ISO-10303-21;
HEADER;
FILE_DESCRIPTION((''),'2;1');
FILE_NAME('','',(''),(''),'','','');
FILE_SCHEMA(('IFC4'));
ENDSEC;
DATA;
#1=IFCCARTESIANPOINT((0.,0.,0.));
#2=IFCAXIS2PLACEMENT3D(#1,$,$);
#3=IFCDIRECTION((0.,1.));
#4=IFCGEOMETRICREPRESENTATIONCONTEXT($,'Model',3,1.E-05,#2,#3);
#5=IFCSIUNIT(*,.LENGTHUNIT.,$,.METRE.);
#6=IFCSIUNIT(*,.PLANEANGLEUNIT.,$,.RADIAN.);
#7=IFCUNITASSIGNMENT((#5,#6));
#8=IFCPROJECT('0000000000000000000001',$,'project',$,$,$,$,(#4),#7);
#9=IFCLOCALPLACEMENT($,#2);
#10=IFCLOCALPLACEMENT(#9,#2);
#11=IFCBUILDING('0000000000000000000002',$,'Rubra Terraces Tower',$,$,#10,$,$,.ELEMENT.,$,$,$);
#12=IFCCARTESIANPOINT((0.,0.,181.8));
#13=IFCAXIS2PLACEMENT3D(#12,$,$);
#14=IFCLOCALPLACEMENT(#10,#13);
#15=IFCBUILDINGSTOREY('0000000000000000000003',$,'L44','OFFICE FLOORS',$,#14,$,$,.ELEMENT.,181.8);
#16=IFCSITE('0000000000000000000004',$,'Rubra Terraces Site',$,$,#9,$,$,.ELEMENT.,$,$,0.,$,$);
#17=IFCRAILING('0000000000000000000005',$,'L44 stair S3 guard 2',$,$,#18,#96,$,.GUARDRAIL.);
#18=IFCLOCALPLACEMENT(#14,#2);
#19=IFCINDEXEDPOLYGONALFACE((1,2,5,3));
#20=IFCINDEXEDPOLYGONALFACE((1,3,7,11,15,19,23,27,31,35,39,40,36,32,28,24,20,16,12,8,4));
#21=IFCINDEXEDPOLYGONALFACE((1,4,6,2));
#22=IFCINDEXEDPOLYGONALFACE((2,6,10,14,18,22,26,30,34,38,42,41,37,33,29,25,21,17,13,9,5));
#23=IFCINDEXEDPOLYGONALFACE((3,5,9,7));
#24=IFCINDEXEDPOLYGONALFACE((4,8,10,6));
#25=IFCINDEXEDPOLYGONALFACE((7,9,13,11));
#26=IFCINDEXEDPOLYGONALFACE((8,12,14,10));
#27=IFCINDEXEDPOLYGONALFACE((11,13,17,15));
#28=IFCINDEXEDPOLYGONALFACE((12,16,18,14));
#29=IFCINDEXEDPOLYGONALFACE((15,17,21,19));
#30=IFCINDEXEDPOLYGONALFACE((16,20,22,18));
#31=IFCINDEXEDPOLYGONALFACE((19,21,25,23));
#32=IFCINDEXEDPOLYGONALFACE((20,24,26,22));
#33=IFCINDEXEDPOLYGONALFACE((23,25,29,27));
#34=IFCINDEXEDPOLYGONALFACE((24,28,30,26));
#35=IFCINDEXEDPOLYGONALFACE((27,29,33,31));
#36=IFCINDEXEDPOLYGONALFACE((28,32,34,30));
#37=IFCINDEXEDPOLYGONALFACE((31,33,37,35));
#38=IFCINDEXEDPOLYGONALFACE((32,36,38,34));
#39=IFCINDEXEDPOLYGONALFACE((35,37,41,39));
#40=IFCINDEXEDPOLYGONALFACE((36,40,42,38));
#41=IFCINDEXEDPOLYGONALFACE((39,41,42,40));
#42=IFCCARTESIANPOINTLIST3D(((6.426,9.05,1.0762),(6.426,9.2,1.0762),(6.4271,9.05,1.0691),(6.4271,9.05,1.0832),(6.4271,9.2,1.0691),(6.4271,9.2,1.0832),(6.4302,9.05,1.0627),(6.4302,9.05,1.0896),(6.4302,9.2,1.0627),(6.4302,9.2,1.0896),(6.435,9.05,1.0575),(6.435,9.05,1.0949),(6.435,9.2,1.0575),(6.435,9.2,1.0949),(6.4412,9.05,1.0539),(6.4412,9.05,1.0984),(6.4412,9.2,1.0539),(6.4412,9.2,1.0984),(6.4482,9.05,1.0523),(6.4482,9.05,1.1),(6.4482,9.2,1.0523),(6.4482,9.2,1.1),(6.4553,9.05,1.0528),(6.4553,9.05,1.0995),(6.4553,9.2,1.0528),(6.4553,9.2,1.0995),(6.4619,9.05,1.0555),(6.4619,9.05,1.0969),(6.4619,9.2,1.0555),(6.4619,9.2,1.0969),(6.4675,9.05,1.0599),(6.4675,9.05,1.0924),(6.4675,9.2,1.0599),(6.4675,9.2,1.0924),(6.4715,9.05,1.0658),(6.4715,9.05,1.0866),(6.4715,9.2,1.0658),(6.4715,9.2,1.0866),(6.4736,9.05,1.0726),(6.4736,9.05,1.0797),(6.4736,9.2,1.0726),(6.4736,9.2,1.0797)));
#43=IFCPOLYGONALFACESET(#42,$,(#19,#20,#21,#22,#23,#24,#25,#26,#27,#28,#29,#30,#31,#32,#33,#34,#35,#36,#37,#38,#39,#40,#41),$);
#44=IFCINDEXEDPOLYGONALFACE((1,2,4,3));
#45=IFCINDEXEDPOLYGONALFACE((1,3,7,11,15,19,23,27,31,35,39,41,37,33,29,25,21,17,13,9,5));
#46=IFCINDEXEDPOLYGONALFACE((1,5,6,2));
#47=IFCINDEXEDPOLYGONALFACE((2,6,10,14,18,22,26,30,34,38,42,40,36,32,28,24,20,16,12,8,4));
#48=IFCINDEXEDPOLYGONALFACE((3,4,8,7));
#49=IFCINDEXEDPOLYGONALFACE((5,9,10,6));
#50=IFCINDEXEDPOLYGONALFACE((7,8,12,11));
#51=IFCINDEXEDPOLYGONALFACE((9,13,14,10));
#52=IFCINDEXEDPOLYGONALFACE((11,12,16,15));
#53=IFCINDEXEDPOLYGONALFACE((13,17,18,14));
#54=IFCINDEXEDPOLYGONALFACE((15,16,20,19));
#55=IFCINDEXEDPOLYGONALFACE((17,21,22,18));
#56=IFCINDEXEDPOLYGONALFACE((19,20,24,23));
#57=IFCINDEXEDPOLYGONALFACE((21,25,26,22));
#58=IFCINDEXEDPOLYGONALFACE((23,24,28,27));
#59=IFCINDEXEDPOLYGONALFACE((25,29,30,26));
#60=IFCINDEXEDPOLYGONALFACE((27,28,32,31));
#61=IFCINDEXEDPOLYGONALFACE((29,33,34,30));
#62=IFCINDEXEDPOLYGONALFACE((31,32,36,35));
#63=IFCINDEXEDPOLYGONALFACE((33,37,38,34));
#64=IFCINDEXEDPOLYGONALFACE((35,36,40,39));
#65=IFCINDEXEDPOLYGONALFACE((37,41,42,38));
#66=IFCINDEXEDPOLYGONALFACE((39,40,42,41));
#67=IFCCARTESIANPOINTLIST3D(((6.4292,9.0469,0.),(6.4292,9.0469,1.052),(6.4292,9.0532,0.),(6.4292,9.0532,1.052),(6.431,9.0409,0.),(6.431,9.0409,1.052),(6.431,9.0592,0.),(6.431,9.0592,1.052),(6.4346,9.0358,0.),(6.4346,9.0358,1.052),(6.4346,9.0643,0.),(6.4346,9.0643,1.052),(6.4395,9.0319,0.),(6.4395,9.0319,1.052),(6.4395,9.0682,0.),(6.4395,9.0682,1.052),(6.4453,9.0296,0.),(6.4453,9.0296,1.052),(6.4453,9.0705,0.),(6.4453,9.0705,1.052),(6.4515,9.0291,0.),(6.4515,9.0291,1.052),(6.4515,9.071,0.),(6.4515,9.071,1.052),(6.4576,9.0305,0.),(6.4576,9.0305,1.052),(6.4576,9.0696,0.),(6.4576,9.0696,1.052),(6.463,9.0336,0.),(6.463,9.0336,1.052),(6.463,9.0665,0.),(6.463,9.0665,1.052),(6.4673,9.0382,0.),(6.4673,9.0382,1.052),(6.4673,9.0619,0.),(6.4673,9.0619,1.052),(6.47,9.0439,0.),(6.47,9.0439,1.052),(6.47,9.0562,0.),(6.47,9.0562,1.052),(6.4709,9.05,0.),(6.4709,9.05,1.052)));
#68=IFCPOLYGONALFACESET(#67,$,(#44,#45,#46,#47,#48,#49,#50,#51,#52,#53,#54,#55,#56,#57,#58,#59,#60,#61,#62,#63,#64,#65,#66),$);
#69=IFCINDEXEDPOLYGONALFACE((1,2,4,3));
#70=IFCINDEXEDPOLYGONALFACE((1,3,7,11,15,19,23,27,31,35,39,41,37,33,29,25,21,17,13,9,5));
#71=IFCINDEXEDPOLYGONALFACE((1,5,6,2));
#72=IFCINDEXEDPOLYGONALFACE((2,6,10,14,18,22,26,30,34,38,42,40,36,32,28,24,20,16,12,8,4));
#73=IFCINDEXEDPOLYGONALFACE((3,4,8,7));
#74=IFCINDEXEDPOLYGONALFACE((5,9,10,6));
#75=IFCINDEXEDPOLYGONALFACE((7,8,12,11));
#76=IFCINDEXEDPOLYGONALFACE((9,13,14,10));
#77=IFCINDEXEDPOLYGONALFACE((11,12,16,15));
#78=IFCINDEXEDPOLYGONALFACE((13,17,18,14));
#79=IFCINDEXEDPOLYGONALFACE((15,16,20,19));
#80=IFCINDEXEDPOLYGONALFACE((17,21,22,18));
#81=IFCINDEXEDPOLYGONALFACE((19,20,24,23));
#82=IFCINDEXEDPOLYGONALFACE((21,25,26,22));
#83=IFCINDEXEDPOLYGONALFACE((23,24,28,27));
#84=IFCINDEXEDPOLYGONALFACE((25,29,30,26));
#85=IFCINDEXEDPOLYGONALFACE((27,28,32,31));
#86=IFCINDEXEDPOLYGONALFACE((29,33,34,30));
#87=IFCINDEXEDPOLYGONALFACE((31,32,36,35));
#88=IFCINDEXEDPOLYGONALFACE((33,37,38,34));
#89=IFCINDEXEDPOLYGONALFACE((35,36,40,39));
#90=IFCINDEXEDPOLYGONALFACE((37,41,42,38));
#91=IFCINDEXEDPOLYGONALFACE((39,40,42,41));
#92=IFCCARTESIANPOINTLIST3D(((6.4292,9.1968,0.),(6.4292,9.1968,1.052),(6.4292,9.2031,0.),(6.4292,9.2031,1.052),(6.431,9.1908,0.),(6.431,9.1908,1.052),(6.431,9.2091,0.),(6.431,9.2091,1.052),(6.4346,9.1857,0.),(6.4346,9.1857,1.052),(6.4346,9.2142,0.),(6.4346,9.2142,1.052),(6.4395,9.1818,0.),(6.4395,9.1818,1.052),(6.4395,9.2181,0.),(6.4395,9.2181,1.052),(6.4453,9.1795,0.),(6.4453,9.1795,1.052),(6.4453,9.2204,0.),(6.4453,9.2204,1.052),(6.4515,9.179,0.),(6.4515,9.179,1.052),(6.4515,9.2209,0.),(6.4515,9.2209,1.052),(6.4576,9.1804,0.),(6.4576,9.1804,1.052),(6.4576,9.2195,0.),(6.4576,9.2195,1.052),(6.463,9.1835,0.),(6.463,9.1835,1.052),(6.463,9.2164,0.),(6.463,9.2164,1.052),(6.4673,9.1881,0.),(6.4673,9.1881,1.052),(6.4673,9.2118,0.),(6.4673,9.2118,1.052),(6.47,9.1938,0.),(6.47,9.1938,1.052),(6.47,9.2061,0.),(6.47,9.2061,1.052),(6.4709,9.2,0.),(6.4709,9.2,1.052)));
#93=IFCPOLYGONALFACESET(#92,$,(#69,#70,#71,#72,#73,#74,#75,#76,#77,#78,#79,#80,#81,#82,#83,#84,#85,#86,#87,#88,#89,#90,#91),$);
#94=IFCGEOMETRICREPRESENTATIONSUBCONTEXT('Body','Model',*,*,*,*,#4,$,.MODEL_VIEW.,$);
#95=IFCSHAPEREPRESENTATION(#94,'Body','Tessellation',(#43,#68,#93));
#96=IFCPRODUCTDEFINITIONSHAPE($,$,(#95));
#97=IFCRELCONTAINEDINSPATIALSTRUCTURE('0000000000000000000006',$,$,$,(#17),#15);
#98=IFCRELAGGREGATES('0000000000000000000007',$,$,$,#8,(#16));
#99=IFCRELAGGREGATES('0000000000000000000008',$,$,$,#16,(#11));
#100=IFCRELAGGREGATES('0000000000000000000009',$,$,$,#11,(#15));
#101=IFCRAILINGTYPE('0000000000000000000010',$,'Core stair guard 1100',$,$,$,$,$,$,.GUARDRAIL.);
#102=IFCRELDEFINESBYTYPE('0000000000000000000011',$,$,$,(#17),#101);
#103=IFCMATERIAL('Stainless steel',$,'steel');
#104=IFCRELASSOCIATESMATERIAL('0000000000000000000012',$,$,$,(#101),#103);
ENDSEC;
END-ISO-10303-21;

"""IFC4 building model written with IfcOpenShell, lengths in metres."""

from ifc_helpers import new_model, si_unit, direction, frame, origin, origin_2d, place, context, subcontext, project, spatial, circle, extrude, material, type_object, element, save


model = new_model("IFC4")

# Units and contexts
model_context = context("Model", 3, precision=1e-05, world=origin(), true_north=direction((0.0, 1.0)))
body_context = subcontext(model_context, "Body", "Model", "MODEL_VIEW")
ifc_project = project(units=[si_unit("LENGTHUNIT", "METRE"), si_unit("PLANEANGLEUNIT", "RADIAN")], contexts=[model_context])

# Site, building, storey
site_placement = place(None, origin())
site = spatial("IfcSite", under=ifc_project, at=site_placement, Name="Rubra Terraces Site", CompositionType="ELEMENT", RefElevation=0.0)
building_placement = place(site_placement, origin())
building = spatial("IfcBuilding", under=site, at=building_placement, Name="Rubra Terraces Tower", CompositionType="ELEMENT")
storey_placement = place(building_placement, frame((0.0, 0.0, 181.8)))
storey = spatial("IfcBuildingStorey", under=building, at=storey_placement, Name="L44", Description="OFFICE FLOORS", CompositionType="ELEMENT", Elevation=181.8)

# Shared definitions
ifc_material_1 = material(Name="Stainless steel", Category="steel")

# Railing
railing_type_1 = type_object("IfcRailingType", Name="Core stair guard 1100", PredefinedType="GUARDRAIL", material=ifc_material_1)
railing_1_placement = place(storey_placement, frame((6.45, 9.05, 0.0)))
element("IfcRailing", 1, at=railing_1_placement, inside=storey, type_object=railing_type_1, Name="L44 stair S3 guard 2", PredefinedType="GUARDRAIL", context=body_context, shape_type="SweptSolid", body=[
    extrude(circle(Radius=0.0239, at=origin_2d()), frame((0.0, 0.0, 1.0762), z_axis=(0.0, 1.0, 0.0), x_axis=(-1.0, 0.0, 0.0)), (0.0, 0.0, 1.0), 0.1499),
    extrude(circle(Radius=0.021, at=origin_2d()), origin(), (0.0, 0.0, 1.0), 1.052),
    extrude(circle(Radius=0.021, at=origin_2d()), frame((0.0, 0.1499, 0.0)), (0.0, 0.0, 1.0), 1.052),
])

save(model, "model.ifc")
